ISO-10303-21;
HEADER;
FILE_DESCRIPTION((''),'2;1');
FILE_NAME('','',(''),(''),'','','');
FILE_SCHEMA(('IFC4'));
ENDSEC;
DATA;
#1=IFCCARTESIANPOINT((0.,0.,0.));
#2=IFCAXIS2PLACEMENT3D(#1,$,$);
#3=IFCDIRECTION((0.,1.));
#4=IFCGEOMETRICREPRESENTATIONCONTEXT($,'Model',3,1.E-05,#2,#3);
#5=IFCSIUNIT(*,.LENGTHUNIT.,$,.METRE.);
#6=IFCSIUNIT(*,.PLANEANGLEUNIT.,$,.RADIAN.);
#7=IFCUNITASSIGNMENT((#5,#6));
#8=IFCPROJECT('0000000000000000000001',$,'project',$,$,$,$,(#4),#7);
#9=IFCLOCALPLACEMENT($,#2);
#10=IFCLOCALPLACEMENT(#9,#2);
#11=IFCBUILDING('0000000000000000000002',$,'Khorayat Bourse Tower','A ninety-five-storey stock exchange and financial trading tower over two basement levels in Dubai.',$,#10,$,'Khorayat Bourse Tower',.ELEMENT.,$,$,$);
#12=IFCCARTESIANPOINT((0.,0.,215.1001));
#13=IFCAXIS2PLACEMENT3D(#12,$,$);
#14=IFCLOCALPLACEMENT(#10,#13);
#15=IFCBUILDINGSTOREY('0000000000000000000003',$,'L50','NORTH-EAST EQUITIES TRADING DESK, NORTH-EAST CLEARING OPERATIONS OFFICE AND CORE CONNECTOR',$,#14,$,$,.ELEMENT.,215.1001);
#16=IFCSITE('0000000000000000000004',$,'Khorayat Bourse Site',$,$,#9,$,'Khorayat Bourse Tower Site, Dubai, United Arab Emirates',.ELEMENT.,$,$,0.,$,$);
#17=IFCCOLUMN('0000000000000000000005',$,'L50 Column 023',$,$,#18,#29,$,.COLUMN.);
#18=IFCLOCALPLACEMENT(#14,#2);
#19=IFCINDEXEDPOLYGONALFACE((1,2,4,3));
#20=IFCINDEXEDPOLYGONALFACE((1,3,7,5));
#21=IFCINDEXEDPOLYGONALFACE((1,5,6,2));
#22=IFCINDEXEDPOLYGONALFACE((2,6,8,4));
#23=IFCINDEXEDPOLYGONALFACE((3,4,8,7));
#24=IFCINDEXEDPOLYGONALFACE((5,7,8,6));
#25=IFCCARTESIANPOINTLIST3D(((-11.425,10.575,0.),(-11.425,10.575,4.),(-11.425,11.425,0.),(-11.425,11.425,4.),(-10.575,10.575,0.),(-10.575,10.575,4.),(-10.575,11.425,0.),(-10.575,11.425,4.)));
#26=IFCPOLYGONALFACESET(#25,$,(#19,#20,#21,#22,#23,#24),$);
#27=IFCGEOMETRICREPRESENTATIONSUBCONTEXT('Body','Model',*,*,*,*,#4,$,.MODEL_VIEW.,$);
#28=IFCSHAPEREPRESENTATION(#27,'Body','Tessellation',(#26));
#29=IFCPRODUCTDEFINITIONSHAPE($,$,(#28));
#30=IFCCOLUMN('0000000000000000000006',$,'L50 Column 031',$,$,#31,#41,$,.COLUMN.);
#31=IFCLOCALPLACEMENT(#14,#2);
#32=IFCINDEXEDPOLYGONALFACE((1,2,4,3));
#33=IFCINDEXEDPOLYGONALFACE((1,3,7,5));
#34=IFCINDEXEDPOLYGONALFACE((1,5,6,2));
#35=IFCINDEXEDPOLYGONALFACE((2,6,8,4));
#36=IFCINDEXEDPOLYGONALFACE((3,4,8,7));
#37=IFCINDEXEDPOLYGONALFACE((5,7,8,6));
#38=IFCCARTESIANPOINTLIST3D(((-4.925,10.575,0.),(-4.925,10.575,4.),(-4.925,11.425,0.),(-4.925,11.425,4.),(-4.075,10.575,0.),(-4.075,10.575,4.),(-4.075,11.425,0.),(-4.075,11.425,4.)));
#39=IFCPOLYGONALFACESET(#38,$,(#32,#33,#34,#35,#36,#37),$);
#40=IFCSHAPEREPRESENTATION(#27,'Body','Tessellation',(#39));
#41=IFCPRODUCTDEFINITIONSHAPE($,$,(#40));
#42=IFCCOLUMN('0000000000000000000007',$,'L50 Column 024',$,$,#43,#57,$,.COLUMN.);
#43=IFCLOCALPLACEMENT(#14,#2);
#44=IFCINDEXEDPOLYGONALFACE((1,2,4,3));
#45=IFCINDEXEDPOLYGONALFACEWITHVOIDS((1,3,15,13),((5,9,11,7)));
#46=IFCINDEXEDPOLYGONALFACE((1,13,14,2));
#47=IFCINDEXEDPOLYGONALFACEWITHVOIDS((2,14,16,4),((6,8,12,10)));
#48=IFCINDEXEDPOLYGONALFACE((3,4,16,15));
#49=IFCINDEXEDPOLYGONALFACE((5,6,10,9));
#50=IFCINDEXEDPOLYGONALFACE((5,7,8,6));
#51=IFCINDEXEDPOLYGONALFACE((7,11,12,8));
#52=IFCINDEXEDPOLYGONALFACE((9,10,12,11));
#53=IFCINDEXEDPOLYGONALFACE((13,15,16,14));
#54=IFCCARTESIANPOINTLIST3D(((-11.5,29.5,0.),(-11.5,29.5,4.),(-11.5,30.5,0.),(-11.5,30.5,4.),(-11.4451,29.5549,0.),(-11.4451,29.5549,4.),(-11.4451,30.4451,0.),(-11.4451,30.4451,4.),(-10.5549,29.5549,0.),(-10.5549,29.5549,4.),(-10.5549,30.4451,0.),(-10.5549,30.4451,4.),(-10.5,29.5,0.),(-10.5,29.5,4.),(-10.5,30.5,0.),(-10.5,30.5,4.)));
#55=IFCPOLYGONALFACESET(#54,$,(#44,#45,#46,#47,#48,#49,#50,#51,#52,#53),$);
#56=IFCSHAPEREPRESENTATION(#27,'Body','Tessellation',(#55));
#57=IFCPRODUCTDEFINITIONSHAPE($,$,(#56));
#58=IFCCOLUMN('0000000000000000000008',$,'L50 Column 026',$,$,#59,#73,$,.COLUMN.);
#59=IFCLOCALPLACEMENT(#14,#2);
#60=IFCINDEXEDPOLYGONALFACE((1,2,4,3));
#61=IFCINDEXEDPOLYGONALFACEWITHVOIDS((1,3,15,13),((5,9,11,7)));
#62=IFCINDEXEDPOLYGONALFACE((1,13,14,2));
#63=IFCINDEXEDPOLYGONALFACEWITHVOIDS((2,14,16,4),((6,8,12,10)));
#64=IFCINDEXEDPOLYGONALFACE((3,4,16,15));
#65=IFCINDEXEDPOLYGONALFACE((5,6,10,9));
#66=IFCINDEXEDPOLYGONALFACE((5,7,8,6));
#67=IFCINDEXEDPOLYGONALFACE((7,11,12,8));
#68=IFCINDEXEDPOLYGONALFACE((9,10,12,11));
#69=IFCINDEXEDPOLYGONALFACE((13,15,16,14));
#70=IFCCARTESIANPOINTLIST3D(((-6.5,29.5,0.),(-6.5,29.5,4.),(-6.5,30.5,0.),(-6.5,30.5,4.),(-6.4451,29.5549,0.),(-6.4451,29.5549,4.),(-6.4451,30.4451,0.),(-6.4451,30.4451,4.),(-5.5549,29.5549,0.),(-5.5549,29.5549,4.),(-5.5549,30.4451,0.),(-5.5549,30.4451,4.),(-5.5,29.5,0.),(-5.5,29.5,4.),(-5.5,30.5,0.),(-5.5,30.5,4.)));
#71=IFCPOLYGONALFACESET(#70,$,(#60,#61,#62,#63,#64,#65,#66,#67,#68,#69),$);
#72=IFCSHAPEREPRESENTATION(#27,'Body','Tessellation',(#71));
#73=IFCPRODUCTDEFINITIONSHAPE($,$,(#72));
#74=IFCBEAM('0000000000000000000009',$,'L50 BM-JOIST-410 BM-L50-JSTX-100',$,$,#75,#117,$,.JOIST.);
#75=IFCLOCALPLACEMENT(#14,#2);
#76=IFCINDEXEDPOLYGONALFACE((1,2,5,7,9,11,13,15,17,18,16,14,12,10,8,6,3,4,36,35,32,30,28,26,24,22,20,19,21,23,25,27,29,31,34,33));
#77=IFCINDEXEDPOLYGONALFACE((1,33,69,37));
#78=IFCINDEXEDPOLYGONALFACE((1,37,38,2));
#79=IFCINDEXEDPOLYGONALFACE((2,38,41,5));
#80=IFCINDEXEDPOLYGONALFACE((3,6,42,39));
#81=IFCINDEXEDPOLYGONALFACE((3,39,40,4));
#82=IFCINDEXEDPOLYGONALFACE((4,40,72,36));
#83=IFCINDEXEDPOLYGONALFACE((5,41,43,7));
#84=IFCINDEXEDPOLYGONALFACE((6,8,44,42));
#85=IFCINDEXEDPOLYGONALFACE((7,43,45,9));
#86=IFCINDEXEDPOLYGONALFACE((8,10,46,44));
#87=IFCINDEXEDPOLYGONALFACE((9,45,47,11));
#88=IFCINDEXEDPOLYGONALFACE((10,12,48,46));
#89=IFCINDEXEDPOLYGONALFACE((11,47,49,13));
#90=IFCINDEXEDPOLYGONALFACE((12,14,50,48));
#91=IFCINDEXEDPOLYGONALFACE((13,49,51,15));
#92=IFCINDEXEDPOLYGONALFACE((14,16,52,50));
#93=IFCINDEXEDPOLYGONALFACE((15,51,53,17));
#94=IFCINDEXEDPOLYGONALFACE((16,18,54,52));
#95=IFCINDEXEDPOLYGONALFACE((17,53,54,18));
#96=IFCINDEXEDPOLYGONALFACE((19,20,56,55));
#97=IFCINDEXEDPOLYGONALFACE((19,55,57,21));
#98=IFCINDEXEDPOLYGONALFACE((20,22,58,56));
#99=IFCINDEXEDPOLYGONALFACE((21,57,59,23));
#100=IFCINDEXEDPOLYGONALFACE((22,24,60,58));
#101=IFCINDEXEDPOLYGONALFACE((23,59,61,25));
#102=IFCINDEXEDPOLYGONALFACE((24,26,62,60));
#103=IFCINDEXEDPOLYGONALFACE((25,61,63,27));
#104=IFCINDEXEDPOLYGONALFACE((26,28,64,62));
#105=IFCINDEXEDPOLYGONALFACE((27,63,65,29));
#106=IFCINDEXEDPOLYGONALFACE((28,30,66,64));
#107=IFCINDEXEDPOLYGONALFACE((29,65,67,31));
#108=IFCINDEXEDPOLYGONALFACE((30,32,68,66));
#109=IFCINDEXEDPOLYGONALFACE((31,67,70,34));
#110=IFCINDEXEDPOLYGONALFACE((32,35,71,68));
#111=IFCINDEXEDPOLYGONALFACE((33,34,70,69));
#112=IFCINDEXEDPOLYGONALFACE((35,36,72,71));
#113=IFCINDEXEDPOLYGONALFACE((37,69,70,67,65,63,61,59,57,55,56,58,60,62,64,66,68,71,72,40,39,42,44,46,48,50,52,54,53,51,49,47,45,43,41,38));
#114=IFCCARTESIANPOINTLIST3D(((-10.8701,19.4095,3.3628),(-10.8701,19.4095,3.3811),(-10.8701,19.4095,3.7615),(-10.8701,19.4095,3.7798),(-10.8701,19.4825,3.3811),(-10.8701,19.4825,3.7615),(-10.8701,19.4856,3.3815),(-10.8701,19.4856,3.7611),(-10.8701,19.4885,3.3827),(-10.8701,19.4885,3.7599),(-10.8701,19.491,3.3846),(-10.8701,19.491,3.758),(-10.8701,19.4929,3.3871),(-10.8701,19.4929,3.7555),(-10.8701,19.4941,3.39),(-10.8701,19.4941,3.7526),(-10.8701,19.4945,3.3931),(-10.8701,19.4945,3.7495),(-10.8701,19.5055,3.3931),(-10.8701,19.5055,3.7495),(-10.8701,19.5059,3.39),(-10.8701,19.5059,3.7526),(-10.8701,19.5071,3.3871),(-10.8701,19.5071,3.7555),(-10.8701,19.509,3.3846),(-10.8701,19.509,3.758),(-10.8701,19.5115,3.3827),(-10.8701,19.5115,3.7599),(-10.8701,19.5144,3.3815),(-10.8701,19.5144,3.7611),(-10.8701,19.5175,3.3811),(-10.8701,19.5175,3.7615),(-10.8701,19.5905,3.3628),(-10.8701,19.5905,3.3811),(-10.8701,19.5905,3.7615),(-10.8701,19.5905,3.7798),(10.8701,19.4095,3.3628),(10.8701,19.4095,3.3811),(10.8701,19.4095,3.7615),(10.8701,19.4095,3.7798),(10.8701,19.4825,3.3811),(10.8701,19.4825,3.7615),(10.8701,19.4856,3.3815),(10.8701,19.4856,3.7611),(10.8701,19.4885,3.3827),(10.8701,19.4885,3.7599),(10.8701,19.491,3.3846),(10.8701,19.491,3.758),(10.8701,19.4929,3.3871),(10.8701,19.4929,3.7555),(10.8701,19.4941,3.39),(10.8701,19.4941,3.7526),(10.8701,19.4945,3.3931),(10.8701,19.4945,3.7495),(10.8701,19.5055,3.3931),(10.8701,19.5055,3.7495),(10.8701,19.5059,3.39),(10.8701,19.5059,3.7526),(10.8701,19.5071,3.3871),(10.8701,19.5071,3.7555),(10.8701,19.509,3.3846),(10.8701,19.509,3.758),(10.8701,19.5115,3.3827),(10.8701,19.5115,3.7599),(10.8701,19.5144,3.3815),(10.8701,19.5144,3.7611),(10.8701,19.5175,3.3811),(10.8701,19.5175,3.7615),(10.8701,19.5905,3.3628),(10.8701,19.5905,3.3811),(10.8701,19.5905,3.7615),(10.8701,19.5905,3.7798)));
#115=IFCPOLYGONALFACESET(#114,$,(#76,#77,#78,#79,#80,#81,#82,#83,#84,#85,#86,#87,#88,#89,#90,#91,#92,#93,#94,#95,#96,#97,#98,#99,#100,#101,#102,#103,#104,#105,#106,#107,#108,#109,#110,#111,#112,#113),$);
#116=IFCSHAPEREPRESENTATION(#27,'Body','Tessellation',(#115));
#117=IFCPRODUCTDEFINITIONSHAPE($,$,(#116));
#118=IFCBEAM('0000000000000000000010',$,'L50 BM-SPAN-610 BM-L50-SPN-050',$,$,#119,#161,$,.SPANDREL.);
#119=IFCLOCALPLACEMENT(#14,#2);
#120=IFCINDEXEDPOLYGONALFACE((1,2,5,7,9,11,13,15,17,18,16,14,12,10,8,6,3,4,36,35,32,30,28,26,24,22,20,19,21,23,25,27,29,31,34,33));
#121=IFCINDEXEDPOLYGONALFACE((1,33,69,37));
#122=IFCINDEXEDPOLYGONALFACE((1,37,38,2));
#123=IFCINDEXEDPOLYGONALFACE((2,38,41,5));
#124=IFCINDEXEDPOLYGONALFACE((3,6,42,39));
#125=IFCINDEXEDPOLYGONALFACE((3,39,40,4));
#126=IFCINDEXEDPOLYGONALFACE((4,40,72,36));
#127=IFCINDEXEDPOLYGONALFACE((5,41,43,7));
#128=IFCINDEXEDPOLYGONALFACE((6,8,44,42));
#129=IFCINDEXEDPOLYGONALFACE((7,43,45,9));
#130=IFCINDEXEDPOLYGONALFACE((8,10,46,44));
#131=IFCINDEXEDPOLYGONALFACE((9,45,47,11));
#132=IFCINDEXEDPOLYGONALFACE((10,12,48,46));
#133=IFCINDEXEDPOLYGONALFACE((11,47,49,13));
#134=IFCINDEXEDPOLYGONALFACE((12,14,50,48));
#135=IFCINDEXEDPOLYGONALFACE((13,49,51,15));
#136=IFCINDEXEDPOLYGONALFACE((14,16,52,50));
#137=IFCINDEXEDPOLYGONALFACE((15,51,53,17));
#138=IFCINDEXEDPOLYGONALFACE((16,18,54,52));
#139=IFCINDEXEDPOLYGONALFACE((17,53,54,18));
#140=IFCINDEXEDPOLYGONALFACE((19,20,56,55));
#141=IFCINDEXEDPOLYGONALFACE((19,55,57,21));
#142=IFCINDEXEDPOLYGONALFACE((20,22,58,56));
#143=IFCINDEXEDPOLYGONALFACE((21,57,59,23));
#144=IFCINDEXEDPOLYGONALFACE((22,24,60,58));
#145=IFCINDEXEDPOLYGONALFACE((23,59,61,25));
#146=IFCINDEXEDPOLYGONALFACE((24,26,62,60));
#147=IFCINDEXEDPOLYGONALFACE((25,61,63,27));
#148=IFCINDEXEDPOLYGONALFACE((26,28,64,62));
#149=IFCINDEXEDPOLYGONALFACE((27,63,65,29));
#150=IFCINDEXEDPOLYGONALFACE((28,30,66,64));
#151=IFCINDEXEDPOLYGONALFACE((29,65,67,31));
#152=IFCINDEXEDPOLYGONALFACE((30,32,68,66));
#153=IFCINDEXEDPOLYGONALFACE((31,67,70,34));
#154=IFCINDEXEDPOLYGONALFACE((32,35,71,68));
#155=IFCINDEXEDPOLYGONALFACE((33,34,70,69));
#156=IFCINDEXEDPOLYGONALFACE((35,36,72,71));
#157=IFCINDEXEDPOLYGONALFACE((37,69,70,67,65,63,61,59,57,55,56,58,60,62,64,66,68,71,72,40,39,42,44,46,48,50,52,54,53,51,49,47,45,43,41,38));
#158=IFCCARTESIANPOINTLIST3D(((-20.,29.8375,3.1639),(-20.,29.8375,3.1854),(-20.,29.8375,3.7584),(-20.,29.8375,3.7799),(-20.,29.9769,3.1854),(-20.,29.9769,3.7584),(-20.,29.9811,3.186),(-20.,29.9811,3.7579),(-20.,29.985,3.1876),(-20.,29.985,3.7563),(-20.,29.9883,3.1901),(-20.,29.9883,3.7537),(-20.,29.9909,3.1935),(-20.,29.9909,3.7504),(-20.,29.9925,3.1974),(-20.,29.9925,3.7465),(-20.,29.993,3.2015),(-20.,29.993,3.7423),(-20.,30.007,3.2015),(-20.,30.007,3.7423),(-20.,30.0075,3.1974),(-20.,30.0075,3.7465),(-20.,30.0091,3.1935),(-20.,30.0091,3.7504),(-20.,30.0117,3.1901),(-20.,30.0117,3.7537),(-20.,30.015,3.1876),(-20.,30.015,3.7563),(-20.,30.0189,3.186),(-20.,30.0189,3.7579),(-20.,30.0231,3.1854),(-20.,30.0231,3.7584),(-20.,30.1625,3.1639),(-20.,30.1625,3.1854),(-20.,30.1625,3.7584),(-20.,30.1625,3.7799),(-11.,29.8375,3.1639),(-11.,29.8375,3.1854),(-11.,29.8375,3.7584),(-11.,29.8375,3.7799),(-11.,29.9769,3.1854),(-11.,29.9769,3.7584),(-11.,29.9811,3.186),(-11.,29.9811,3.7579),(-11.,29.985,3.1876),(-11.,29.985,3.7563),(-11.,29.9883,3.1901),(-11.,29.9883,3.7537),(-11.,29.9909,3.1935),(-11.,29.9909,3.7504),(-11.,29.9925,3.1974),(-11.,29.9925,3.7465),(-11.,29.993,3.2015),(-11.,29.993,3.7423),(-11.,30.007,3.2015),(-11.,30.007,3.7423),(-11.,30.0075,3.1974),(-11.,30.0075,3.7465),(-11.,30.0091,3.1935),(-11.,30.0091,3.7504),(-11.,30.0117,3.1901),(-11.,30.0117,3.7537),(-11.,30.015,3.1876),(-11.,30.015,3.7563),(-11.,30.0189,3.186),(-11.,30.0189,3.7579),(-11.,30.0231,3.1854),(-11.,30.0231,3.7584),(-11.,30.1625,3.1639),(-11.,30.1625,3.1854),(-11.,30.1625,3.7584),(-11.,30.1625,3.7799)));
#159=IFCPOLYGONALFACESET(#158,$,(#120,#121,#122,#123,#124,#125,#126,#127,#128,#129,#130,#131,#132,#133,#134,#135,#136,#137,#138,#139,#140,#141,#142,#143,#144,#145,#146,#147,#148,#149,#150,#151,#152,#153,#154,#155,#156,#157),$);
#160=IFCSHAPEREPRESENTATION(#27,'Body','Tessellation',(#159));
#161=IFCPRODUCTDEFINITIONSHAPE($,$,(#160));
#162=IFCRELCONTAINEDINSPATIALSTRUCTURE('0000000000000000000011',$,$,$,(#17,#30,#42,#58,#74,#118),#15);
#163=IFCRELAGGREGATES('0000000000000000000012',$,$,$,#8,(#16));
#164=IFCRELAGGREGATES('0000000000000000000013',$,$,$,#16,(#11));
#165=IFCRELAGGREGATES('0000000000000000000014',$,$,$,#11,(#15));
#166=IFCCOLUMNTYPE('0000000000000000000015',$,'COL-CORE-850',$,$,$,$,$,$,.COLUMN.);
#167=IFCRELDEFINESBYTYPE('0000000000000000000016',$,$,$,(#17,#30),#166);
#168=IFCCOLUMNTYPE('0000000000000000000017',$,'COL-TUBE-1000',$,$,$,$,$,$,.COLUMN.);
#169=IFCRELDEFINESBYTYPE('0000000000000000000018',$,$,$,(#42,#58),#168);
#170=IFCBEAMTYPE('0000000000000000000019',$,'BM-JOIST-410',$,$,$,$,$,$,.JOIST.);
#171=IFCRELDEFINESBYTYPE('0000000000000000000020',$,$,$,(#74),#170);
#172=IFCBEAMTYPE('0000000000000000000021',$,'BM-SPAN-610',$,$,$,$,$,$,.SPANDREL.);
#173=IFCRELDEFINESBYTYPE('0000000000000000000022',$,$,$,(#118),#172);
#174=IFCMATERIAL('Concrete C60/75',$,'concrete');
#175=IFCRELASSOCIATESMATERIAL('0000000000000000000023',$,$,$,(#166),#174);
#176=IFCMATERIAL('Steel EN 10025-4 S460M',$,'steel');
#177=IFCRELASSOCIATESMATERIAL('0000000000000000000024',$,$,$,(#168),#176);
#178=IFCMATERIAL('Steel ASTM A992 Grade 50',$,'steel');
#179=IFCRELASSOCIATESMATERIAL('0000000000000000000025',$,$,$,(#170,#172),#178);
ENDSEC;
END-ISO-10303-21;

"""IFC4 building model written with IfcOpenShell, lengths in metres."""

from ifc_helpers import new_model, si_unit, direction, frame, origin, origin_2d, place, context, subcontext, project, spatial, rectangle, hollow_rectangle, i_section, extrude, source, transform, mapped, material, material_profile, profile_set, type_object, element, save


model = new_model("IFC4")

# Units and contexts
model_context = context("Model", 3, precision=1e-05, world=origin(), true_north=direction((0.0, 1.0)))
body_context = subcontext(model_context, "Body", "Model", "MODEL_VIEW")
ifc_project = project(units=[si_unit("LENGTHUNIT", "METRE"), si_unit("PLANEANGLEUNIT", "RADIAN")], contexts=[model_context])

# Site, building, storey
site_placement = place(None, origin())
site = spatial("IfcSite", under=ifc_project, at=site_placement, Name="Khorayat Bourse Site", LongName="Khorayat Bourse Tower Site, Dubai, United Arab Emirates", CompositionType="ELEMENT", RefElevation=0.0)
building_placement = place(site_placement, origin())
building = spatial("IfcBuilding", under=site, at=building_placement, Name="Khorayat Bourse Tower", Description="A ninety-five-storey stock exchange and financial trading tower over two basement levels in Dubai.", LongName="Khorayat Bourse Tower", CompositionType="ELEMENT")
storey_placement = place(building_placement, frame((0.0, 0.0, 215.1001)))
storey = spatial("IfcBuildingStorey", under=building, at=storey_placement, Name="L50", Description="NORTH-EAST EQUITIES TRADING DESK, NORTH-EAST CLEARING OPERATIONS OFFICE AND CORE CONNECTOR", CompositionType="ELEMENT", Elevation=215.1001)

# Columns
ifc_material_1 = material(Name="Concrete C60/75", Category="concrete")
ifc_material_profile_1 = material_profile(ifc_material_1, rectangle(XDim=0.8501, YDim=0.8501, at=origin_2d()), Name="RC 850x850")
ifc_profile_set_1 = profile_set([ifc_material_profile_1], Name="Concrete C60/75")
column_type_1 = type_object("IfcColumnType", Name="COL-CORE-850", PredefinedType="COLUMN", material=ifc_profile_set_1)
shared_shape_1 = source(origin(), body_context, "Body", "SweptSolid", [
    extrude(rectangle(XDim=0.8501, YDim=0.8501, at=origin_2d()), origin(), (0.0, 0.0, 1.0), 4.0),
])
for number, where, z_axis, x_axis, name in (
    (1, (-11.0, 11.0, 0.0), (0.0, 0.0, 1.0), (1.0, 0.0, 0.0), "L50 Column 023"),
    (2, (-4.5, 11.0, 0.0), (0.0, 0.0, 1.0), (1.0, 0.0, 0.0), "L50 Column 031"),
):
    element("IfcColumn", number, at=place(storey_placement, frame(where, z_axis=z_axis, x_axis=x_axis)), inside=storey, type_object=column_type_1, Name=name, PredefinedType="COLUMN", context=body_context, shape_type="MappedRepresentation", body=[
        mapped(shared_shape_1, transform((0.0, 0.0, 0.0), scale=1.0)),
    ])
ifc_material_2 = material(Name="Steel EN 10025-4 S460M", Category="steel")
ifc_material_profile_2 = material_profile(ifc_material_2, hollow_rectangle(XDim=1.0, YDim=1.0, WallThickness=0.0549, at=origin_2d()), Name="BOX 1000x1000x55")
ifc_profile_set_2 = profile_set([ifc_material_profile_2], Name="Steel EN 10025-4 S460M")
column_type_2 = type_object("IfcColumnType", Name="COL-TUBE-1000", PredefinedType="COLUMN", material=ifc_profile_set_2)
shared_shape_2 = source(origin(), body_context, "Body", "SweptSolid", [
    extrude(hollow_rectangle(XDim=1.0, YDim=1.0, WallThickness=0.0549, at=origin_2d()), origin(), (0.0, 0.0, 1.0), 4.0),
])
for number, where, z_axis, x_axis, name in (
    (3, (-11.0, 30.0, 0.0), (0.0, 0.0, 1.0), (1.0, 0.0, 0.0), "L50 Column 024"),
    (4, (-6.0, 30.0, 0.0), (0.0, 0.0, 1.0), (1.0, 0.0, 0.0), "L50 Column 026"),
):
    element("IfcColumn", number, at=place(storey_placement, frame(where, z_axis=z_axis, x_axis=x_axis)), inside=storey, type_object=column_type_2, Name=name, PredefinedType="COLUMN", context=body_context, shape_type="MappedRepresentation", body=[
        mapped(shared_shape_2, transform((0.0, 0.0, 0.0), scale=1.0)),
    ])

# Beams
ifc_material_3 = material(Name="Steel ASTM A992 Grade 50", Category="steel")
ifc_material_profile_3 = material_profile(ifc_material_3, i_section(OverallWidth=0.1809, OverallDepth=0.417, WebThickness=0.011, FlangeThickness=0.0183, FilletRadius=0.012, at=origin_2d()), Name="W410X85")
ifc_profile_set_3 = profile_set([ifc_material_profile_3], Name="Steel ASTM A992 Grade 50")
beam_type_1 = type_object("IfcBeamType", Name="BM-JOIST-410", PredefinedType="JOIST", material=ifc_profile_set_3)
shared_shape_3 = source(origin(), body_context, "Body", "SweptSolid", [
    extrude(i_section(OverallWidth=0.1809, OverallDepth=0.417, WebThickness=0.011, FlangeThickness=0.0183, FilletRadius=0.012, at=origin_2d()), origin(), (0.0, 0.0, 1.0), 21.7402),
])
beam_1_placement = place(storey_placement, frame((-10.8701, 19.5, 3.5713), z_axis=(1.0, 0.0, 0.0), x_axis=(0.0, 1.0, 0.0)))
element("IfcBeam", 5, at=beam_1_placement, inside=storey, type_object=beam_type_1, Name="L50 BM-JOIST-410 BM-L50-JSTX-100", PredefinedType="JOIST", context=body_context, shape_type="MappedRepresentation", body=[
    mapped(shared_shape_3, transform((0.0, 0.0, 0.0), scale=1.0)),
])
ifc_material_profile_4 = material_profile(ifc_material_3, i_section(OverallWidth=0.325, OverallDepth=0.616, WebThickness=0.0139, FlangeThickness=0.0215, FilletRadius=0.0161, at=origin_2d()), Name="W610X174")
ifc_profile_set_4 = profile_set([ifc_material_profile_4], Name="Steel ASTM A992 Grade 50")
beam_type_2 = type_object("IfcBeamType", Name="BM-SPAN-610", PredefinedType="SPANDREL", material=ifc_profile_set_4)
shared_shape_4 = source(origin(), body_context, "Body", "SweptSolid", [
    extrude(i_section(OverallWidth=0.325, OverallDepth=0.616, WebThickness=0.0139, FlangeThickness=0.0215, FilletRadius=0.0161, at=origin_2d()), origin(), (0.0, 0.0, 1.0), 9.0),
])
beam_2_placement = place(storey_placement, frame((-20.0, 30.0, 3.4719), z_axis=(1.0, 0.0, 0.0), x_axis=(0.0, 1.0, 0.0)))
element("IfcBeam", 6, at=beam_2_placement, inside=storey, type_object=beam_type_2, Name="L50 BM-SPAN-610 BM-L50-SPN-050", PredefinedType="SPANDREL", context=body_context, shape_type="MappedRepresentation", body=[
    mapped(shared_shape_4, transform((0.0, 0.0, 0.0), scale=1.0)),
])

save(model, "model.ifc")
